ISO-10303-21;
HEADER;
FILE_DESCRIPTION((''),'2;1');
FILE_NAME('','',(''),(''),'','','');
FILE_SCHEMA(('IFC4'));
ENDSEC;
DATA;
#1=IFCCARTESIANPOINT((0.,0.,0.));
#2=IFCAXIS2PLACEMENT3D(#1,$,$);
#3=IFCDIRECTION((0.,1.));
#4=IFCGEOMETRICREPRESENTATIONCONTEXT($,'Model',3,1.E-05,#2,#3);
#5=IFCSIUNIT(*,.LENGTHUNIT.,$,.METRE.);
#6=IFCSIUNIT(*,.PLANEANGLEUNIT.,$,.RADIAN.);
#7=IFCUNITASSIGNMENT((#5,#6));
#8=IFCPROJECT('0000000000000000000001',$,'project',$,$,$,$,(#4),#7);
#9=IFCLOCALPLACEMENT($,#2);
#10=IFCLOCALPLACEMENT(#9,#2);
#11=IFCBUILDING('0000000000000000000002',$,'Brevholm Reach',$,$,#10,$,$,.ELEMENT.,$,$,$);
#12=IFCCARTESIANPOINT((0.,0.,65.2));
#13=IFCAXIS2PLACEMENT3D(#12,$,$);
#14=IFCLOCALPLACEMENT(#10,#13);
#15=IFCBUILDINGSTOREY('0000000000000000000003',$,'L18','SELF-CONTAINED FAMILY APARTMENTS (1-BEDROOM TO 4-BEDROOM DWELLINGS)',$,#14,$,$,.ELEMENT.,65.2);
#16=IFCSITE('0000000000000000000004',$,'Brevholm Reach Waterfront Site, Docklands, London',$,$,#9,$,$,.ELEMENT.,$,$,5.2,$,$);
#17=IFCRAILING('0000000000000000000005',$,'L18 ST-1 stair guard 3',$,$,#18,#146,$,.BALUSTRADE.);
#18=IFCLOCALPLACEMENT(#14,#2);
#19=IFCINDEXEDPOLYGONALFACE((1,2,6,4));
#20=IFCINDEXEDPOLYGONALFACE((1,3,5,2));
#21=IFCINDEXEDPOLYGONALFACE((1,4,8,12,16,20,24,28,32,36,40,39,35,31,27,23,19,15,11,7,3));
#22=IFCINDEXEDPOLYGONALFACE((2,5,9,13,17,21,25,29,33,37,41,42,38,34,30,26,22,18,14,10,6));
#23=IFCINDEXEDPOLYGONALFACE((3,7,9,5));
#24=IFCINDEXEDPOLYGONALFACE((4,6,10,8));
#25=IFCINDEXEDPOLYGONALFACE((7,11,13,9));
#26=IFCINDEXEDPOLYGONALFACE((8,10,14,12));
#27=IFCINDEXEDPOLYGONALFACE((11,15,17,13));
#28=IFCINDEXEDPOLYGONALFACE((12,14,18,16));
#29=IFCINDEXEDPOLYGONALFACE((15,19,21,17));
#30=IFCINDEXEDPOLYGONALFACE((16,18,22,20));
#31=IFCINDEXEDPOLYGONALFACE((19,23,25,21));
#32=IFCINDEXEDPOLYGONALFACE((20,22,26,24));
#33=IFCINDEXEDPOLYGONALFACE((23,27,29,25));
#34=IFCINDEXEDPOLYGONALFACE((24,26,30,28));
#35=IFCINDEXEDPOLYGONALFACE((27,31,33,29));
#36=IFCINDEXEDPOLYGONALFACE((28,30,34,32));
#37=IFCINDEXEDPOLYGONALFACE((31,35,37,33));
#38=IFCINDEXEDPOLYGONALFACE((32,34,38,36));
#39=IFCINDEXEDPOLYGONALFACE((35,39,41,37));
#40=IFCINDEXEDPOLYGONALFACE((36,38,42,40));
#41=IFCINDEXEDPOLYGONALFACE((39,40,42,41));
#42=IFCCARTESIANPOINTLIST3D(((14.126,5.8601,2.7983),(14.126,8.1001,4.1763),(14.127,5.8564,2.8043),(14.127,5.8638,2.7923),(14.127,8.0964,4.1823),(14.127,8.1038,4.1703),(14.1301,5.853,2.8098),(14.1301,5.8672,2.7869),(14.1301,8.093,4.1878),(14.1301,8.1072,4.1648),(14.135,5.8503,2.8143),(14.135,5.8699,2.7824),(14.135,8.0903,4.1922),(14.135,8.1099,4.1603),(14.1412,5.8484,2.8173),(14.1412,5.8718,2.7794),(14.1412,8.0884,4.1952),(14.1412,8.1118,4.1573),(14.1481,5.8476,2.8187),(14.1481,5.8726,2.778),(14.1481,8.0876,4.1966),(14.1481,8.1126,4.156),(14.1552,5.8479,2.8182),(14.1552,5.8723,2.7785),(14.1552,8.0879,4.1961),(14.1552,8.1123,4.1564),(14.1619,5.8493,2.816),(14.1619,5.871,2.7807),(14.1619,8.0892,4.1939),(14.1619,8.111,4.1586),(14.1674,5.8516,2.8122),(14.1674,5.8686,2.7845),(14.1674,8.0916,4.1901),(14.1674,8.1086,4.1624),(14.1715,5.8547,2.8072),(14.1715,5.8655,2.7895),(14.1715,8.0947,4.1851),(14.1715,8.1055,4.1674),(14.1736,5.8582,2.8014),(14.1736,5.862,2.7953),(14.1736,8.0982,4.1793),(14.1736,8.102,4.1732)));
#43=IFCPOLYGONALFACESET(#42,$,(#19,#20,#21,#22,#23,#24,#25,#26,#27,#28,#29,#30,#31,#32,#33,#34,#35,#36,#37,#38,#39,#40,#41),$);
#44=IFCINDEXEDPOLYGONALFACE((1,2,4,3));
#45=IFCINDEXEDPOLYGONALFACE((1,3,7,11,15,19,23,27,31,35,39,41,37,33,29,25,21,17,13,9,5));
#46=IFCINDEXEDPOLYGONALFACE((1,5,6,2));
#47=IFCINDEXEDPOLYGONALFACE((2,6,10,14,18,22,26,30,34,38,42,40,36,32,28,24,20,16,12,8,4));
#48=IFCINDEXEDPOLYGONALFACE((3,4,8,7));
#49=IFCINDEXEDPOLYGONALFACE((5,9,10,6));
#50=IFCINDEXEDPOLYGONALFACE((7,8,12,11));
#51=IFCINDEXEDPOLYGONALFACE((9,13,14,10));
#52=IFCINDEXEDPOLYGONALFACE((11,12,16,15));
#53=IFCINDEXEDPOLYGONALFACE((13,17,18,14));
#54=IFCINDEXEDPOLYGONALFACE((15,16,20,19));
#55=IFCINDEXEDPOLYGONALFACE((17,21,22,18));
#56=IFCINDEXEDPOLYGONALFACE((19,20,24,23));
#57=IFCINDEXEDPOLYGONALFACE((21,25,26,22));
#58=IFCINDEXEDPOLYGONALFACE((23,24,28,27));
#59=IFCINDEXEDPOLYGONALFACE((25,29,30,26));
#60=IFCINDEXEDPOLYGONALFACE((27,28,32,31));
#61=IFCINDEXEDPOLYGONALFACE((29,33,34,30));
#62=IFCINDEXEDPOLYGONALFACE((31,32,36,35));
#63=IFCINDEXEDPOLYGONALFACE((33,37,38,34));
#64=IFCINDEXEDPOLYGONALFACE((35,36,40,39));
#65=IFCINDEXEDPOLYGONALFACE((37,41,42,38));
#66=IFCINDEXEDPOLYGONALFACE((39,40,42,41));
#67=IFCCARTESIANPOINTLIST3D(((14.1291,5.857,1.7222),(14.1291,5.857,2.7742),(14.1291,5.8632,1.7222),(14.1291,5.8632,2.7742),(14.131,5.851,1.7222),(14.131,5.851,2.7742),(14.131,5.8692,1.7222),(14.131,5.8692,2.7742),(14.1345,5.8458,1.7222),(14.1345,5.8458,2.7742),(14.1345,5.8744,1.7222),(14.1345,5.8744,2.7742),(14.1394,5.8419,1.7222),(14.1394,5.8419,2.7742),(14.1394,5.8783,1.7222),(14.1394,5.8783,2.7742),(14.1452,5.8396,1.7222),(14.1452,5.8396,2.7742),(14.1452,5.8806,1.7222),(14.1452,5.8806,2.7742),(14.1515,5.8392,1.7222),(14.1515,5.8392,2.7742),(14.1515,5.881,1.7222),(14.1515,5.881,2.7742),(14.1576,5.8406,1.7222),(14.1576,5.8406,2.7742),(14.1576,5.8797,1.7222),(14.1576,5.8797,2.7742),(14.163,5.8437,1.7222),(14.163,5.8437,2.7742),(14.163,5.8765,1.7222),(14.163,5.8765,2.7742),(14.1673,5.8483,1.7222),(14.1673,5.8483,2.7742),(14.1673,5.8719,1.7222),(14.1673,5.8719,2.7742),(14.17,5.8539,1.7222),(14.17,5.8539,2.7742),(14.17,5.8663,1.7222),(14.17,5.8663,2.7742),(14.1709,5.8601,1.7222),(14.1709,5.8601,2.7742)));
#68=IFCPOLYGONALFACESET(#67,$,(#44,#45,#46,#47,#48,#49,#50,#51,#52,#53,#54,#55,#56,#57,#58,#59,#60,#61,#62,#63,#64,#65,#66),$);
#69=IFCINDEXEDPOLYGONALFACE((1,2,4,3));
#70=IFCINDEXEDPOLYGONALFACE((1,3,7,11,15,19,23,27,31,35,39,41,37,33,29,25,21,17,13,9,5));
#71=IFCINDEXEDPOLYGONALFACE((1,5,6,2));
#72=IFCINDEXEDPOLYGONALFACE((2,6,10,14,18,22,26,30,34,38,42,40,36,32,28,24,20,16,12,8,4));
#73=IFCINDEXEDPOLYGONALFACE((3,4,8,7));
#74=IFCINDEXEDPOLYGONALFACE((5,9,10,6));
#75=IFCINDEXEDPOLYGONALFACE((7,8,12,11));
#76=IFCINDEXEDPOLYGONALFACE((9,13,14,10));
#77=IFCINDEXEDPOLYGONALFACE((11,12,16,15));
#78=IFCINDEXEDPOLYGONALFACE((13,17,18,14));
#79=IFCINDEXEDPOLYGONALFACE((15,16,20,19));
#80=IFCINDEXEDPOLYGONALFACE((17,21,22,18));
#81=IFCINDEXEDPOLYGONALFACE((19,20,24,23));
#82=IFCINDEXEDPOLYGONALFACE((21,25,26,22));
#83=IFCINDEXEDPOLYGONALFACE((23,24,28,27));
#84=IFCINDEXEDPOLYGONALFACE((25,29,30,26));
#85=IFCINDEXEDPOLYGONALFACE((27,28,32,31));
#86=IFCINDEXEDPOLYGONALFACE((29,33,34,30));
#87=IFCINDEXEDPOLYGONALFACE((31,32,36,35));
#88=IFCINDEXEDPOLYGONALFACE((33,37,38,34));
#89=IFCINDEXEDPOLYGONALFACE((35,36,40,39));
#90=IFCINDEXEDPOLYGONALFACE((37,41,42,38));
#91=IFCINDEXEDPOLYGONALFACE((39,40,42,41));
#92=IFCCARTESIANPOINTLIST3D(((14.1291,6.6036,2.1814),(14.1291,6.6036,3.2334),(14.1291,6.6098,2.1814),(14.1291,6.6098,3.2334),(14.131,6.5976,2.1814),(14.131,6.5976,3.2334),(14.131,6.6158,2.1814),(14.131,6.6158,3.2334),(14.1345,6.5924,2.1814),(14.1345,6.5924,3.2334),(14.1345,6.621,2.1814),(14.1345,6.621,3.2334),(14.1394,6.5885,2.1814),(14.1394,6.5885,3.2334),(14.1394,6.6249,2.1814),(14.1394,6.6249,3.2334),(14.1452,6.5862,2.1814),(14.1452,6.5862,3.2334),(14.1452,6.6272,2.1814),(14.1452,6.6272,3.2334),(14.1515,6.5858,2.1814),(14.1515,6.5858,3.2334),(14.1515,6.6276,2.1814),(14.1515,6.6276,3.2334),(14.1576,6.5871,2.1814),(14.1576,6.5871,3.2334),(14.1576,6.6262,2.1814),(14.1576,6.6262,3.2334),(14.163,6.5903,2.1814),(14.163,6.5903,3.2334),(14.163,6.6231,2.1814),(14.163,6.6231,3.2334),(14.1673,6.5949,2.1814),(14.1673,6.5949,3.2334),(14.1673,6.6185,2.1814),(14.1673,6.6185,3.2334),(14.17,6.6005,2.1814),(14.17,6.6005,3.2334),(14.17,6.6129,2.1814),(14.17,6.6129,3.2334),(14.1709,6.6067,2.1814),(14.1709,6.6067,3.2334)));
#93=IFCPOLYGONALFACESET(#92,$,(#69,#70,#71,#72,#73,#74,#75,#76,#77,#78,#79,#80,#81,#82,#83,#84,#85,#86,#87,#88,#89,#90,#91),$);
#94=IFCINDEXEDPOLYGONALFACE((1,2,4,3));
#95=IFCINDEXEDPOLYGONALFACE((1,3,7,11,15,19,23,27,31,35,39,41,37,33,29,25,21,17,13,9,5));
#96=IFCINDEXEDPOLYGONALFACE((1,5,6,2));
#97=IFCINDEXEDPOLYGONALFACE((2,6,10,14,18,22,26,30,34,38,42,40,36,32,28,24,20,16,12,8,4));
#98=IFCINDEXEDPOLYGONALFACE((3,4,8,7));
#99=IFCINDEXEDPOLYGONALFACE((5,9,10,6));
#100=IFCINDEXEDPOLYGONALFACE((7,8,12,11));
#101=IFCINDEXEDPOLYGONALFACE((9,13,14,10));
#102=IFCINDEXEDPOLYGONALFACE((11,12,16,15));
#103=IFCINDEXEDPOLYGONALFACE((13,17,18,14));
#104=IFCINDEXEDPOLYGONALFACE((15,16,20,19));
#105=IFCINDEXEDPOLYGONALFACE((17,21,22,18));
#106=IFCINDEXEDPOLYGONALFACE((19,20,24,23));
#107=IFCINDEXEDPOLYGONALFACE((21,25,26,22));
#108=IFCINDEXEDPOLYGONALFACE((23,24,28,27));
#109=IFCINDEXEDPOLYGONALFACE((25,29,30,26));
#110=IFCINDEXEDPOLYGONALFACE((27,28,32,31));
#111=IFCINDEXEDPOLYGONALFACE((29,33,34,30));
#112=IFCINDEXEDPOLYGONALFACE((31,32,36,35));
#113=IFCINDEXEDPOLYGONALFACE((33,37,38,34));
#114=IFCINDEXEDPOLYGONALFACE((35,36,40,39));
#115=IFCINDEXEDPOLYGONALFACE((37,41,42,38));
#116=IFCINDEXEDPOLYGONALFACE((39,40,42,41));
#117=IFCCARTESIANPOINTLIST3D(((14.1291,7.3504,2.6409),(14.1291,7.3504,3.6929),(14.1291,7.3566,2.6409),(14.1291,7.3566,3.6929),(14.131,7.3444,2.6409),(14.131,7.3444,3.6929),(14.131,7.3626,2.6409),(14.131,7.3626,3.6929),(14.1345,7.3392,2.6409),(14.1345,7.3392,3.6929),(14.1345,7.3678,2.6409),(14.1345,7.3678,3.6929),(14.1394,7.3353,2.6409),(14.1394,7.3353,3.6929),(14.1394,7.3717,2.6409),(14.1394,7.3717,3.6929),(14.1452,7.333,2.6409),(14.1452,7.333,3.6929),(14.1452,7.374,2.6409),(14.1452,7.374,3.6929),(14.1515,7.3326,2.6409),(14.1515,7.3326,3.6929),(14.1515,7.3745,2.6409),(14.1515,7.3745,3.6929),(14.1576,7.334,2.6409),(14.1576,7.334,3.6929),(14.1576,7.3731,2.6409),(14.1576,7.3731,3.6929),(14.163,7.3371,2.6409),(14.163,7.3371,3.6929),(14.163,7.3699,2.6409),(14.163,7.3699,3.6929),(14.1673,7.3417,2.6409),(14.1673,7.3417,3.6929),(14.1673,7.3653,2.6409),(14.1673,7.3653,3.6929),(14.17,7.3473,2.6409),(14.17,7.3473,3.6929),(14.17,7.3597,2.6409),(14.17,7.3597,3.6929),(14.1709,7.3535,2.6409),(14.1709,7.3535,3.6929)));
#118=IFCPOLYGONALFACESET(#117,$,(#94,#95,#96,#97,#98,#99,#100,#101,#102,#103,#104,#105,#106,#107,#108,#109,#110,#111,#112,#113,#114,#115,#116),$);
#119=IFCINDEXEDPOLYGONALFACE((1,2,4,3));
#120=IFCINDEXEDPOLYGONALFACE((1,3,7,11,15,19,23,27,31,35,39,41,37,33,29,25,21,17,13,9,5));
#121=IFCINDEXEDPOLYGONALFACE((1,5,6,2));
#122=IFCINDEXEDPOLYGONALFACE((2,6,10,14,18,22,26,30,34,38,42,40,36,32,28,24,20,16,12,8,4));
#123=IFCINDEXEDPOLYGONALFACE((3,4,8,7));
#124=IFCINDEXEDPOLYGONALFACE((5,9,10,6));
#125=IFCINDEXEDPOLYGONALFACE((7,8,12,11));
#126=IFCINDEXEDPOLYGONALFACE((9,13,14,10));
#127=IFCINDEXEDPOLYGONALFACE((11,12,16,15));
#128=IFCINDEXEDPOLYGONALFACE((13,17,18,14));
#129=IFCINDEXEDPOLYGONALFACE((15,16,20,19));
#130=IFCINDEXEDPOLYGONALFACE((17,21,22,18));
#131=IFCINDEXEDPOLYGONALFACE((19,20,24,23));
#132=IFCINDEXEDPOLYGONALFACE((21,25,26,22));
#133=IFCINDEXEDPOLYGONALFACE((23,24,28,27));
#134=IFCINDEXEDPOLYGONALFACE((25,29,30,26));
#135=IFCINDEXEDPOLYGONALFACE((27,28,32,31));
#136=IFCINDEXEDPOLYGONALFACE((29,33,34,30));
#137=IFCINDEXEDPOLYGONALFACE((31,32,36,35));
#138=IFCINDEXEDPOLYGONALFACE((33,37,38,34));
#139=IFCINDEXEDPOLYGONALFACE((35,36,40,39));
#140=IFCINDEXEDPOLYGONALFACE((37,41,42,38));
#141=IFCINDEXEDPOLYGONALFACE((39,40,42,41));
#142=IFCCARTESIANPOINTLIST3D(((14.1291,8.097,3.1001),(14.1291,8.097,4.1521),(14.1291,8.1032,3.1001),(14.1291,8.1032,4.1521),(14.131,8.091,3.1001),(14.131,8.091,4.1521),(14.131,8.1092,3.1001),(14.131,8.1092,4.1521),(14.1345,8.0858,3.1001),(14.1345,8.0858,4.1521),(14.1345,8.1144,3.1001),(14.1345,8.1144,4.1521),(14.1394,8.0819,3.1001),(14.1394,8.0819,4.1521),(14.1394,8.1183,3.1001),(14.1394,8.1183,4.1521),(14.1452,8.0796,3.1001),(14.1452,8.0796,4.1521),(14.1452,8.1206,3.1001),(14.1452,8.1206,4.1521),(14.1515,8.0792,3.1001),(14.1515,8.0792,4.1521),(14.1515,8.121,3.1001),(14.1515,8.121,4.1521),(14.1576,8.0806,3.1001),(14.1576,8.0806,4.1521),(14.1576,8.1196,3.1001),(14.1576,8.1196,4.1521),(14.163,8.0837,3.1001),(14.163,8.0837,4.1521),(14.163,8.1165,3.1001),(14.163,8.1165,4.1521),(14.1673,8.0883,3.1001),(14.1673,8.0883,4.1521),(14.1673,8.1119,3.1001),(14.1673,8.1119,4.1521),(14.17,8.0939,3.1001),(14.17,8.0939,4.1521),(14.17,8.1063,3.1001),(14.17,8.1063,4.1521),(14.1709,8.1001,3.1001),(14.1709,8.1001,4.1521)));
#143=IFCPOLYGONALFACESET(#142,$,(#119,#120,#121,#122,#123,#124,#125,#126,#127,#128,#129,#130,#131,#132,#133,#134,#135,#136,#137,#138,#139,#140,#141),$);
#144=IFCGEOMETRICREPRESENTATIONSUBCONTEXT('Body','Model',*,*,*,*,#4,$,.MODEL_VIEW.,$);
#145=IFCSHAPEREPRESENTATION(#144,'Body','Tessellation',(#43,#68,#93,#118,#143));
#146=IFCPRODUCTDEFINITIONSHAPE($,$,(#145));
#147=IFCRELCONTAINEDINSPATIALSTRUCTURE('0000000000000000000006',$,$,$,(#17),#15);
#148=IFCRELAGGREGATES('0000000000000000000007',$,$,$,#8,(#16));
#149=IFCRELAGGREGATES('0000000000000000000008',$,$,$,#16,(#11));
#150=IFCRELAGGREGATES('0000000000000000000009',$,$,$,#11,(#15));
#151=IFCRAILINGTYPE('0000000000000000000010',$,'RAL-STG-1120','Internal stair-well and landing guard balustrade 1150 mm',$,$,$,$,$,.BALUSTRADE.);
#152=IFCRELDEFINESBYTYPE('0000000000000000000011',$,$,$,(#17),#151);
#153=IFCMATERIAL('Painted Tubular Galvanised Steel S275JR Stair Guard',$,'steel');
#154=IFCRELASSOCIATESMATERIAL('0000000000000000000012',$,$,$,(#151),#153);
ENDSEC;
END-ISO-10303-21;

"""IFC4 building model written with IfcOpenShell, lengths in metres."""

from ifc_helpers import new_model, si_unit, direction, frame, origin, origin_2d, place, context, subcontext, project, spatial, circle, extrude, material, type_object, element, save


model = new_model("IFC4")

# Units and contexts
model_context = context("Model", 3, precision=1e-05, world=origin(), true_north=direction((0.0, 1.0)))
body_context = subcontext(model_context, "Body", "Model", "MODEL_VIEW")
ifc_project = project(units=[si_unit("LENGTHUNIT", "METRE"), si_unit("PLANEANGLEUNIT", "RADIAN")], contexts=[model_context])

# Site, building, storey
site_placement = place(None, origin())
site = spatial("IfcSite", under=ifc_project, at=site_placement, Name="Brevholm Reach Waterfront Site, Docklands, London", CompositionType="ELEMENT", RefElevation=5.2)
building_placement = place(site_placement, origin())
building = spatial("IfcBuilding", under=site, at=building_placement, Name="Brevholm Reach", CompositionType="ELEMENT")
storey_placement = place(building_placement, frame((0.0, 0.0, 65.2)))
storey = spatial("IfcBuildingStorey", under=building, at=storey_placement, Name="L18", Description="SELF-CONTAINED FAMILY APARTMENTS (1-BEDROOM TO 4-BEDROOM DWELLINGS)", CompositionType="ELEMENT", Elevation=65.2)

# Railing
ifc_material_1 = material(Name="Painted Tubular Galvanised Steel S275JR Stair Guard", Category="steel")
railing_type_1 = type_object("IfcRailingType", Name="RAL-STG-1120", Description="Internal stair-well and landing guard balustrade 1150 mm", PredefinedType="BALUSTRADE", material=ifc_material_1)
railing_1_placement = place(storey_placement, frame((14.1499, 5.8601, 1.7222)))
element("IfcRailing", 1, at=railing_1_placement, inside=storey, type_object=railing_type_1, Name="L18 ST-1 stair guard 3", PredefinedType="BALUSTRADE", context=body_context, shape_type="SweptSolid", body=[
    extrude(circle(Radius=0.0239, at=origin_2d()), frame((0.0, 0.0, 1.0762), z_axis=(0.0, 0.851748, 0.523952), x_axis=(-1.0, 0.0, 0.0)), (0.0, 0.0, 1.0), 2.6299),
    extrude(circle(Radius=0.021, at=origin_2d()), origin(), (0.0, 0.0, 1.0), 1.052),
    extrude(circle(Radius=0.021, at=origin_2d()), frame((0.0, 0.7466, 0.4592)), (0.0, 0.0, 1.0), 1.052),
    extrude(circle(Radius=0.021, at=origin_2d()), frame((0.0, 1.4934, 0.9187)), (0.0, 0.0, 1.0), 1.052),
    extrude(circle(Radius=0.021, at=origin_2d()), frame((0.0, 2.24, 1.3779)), (0.0, 0.0, 1.0), 1.052),
])

save(model, "model.ifc")
